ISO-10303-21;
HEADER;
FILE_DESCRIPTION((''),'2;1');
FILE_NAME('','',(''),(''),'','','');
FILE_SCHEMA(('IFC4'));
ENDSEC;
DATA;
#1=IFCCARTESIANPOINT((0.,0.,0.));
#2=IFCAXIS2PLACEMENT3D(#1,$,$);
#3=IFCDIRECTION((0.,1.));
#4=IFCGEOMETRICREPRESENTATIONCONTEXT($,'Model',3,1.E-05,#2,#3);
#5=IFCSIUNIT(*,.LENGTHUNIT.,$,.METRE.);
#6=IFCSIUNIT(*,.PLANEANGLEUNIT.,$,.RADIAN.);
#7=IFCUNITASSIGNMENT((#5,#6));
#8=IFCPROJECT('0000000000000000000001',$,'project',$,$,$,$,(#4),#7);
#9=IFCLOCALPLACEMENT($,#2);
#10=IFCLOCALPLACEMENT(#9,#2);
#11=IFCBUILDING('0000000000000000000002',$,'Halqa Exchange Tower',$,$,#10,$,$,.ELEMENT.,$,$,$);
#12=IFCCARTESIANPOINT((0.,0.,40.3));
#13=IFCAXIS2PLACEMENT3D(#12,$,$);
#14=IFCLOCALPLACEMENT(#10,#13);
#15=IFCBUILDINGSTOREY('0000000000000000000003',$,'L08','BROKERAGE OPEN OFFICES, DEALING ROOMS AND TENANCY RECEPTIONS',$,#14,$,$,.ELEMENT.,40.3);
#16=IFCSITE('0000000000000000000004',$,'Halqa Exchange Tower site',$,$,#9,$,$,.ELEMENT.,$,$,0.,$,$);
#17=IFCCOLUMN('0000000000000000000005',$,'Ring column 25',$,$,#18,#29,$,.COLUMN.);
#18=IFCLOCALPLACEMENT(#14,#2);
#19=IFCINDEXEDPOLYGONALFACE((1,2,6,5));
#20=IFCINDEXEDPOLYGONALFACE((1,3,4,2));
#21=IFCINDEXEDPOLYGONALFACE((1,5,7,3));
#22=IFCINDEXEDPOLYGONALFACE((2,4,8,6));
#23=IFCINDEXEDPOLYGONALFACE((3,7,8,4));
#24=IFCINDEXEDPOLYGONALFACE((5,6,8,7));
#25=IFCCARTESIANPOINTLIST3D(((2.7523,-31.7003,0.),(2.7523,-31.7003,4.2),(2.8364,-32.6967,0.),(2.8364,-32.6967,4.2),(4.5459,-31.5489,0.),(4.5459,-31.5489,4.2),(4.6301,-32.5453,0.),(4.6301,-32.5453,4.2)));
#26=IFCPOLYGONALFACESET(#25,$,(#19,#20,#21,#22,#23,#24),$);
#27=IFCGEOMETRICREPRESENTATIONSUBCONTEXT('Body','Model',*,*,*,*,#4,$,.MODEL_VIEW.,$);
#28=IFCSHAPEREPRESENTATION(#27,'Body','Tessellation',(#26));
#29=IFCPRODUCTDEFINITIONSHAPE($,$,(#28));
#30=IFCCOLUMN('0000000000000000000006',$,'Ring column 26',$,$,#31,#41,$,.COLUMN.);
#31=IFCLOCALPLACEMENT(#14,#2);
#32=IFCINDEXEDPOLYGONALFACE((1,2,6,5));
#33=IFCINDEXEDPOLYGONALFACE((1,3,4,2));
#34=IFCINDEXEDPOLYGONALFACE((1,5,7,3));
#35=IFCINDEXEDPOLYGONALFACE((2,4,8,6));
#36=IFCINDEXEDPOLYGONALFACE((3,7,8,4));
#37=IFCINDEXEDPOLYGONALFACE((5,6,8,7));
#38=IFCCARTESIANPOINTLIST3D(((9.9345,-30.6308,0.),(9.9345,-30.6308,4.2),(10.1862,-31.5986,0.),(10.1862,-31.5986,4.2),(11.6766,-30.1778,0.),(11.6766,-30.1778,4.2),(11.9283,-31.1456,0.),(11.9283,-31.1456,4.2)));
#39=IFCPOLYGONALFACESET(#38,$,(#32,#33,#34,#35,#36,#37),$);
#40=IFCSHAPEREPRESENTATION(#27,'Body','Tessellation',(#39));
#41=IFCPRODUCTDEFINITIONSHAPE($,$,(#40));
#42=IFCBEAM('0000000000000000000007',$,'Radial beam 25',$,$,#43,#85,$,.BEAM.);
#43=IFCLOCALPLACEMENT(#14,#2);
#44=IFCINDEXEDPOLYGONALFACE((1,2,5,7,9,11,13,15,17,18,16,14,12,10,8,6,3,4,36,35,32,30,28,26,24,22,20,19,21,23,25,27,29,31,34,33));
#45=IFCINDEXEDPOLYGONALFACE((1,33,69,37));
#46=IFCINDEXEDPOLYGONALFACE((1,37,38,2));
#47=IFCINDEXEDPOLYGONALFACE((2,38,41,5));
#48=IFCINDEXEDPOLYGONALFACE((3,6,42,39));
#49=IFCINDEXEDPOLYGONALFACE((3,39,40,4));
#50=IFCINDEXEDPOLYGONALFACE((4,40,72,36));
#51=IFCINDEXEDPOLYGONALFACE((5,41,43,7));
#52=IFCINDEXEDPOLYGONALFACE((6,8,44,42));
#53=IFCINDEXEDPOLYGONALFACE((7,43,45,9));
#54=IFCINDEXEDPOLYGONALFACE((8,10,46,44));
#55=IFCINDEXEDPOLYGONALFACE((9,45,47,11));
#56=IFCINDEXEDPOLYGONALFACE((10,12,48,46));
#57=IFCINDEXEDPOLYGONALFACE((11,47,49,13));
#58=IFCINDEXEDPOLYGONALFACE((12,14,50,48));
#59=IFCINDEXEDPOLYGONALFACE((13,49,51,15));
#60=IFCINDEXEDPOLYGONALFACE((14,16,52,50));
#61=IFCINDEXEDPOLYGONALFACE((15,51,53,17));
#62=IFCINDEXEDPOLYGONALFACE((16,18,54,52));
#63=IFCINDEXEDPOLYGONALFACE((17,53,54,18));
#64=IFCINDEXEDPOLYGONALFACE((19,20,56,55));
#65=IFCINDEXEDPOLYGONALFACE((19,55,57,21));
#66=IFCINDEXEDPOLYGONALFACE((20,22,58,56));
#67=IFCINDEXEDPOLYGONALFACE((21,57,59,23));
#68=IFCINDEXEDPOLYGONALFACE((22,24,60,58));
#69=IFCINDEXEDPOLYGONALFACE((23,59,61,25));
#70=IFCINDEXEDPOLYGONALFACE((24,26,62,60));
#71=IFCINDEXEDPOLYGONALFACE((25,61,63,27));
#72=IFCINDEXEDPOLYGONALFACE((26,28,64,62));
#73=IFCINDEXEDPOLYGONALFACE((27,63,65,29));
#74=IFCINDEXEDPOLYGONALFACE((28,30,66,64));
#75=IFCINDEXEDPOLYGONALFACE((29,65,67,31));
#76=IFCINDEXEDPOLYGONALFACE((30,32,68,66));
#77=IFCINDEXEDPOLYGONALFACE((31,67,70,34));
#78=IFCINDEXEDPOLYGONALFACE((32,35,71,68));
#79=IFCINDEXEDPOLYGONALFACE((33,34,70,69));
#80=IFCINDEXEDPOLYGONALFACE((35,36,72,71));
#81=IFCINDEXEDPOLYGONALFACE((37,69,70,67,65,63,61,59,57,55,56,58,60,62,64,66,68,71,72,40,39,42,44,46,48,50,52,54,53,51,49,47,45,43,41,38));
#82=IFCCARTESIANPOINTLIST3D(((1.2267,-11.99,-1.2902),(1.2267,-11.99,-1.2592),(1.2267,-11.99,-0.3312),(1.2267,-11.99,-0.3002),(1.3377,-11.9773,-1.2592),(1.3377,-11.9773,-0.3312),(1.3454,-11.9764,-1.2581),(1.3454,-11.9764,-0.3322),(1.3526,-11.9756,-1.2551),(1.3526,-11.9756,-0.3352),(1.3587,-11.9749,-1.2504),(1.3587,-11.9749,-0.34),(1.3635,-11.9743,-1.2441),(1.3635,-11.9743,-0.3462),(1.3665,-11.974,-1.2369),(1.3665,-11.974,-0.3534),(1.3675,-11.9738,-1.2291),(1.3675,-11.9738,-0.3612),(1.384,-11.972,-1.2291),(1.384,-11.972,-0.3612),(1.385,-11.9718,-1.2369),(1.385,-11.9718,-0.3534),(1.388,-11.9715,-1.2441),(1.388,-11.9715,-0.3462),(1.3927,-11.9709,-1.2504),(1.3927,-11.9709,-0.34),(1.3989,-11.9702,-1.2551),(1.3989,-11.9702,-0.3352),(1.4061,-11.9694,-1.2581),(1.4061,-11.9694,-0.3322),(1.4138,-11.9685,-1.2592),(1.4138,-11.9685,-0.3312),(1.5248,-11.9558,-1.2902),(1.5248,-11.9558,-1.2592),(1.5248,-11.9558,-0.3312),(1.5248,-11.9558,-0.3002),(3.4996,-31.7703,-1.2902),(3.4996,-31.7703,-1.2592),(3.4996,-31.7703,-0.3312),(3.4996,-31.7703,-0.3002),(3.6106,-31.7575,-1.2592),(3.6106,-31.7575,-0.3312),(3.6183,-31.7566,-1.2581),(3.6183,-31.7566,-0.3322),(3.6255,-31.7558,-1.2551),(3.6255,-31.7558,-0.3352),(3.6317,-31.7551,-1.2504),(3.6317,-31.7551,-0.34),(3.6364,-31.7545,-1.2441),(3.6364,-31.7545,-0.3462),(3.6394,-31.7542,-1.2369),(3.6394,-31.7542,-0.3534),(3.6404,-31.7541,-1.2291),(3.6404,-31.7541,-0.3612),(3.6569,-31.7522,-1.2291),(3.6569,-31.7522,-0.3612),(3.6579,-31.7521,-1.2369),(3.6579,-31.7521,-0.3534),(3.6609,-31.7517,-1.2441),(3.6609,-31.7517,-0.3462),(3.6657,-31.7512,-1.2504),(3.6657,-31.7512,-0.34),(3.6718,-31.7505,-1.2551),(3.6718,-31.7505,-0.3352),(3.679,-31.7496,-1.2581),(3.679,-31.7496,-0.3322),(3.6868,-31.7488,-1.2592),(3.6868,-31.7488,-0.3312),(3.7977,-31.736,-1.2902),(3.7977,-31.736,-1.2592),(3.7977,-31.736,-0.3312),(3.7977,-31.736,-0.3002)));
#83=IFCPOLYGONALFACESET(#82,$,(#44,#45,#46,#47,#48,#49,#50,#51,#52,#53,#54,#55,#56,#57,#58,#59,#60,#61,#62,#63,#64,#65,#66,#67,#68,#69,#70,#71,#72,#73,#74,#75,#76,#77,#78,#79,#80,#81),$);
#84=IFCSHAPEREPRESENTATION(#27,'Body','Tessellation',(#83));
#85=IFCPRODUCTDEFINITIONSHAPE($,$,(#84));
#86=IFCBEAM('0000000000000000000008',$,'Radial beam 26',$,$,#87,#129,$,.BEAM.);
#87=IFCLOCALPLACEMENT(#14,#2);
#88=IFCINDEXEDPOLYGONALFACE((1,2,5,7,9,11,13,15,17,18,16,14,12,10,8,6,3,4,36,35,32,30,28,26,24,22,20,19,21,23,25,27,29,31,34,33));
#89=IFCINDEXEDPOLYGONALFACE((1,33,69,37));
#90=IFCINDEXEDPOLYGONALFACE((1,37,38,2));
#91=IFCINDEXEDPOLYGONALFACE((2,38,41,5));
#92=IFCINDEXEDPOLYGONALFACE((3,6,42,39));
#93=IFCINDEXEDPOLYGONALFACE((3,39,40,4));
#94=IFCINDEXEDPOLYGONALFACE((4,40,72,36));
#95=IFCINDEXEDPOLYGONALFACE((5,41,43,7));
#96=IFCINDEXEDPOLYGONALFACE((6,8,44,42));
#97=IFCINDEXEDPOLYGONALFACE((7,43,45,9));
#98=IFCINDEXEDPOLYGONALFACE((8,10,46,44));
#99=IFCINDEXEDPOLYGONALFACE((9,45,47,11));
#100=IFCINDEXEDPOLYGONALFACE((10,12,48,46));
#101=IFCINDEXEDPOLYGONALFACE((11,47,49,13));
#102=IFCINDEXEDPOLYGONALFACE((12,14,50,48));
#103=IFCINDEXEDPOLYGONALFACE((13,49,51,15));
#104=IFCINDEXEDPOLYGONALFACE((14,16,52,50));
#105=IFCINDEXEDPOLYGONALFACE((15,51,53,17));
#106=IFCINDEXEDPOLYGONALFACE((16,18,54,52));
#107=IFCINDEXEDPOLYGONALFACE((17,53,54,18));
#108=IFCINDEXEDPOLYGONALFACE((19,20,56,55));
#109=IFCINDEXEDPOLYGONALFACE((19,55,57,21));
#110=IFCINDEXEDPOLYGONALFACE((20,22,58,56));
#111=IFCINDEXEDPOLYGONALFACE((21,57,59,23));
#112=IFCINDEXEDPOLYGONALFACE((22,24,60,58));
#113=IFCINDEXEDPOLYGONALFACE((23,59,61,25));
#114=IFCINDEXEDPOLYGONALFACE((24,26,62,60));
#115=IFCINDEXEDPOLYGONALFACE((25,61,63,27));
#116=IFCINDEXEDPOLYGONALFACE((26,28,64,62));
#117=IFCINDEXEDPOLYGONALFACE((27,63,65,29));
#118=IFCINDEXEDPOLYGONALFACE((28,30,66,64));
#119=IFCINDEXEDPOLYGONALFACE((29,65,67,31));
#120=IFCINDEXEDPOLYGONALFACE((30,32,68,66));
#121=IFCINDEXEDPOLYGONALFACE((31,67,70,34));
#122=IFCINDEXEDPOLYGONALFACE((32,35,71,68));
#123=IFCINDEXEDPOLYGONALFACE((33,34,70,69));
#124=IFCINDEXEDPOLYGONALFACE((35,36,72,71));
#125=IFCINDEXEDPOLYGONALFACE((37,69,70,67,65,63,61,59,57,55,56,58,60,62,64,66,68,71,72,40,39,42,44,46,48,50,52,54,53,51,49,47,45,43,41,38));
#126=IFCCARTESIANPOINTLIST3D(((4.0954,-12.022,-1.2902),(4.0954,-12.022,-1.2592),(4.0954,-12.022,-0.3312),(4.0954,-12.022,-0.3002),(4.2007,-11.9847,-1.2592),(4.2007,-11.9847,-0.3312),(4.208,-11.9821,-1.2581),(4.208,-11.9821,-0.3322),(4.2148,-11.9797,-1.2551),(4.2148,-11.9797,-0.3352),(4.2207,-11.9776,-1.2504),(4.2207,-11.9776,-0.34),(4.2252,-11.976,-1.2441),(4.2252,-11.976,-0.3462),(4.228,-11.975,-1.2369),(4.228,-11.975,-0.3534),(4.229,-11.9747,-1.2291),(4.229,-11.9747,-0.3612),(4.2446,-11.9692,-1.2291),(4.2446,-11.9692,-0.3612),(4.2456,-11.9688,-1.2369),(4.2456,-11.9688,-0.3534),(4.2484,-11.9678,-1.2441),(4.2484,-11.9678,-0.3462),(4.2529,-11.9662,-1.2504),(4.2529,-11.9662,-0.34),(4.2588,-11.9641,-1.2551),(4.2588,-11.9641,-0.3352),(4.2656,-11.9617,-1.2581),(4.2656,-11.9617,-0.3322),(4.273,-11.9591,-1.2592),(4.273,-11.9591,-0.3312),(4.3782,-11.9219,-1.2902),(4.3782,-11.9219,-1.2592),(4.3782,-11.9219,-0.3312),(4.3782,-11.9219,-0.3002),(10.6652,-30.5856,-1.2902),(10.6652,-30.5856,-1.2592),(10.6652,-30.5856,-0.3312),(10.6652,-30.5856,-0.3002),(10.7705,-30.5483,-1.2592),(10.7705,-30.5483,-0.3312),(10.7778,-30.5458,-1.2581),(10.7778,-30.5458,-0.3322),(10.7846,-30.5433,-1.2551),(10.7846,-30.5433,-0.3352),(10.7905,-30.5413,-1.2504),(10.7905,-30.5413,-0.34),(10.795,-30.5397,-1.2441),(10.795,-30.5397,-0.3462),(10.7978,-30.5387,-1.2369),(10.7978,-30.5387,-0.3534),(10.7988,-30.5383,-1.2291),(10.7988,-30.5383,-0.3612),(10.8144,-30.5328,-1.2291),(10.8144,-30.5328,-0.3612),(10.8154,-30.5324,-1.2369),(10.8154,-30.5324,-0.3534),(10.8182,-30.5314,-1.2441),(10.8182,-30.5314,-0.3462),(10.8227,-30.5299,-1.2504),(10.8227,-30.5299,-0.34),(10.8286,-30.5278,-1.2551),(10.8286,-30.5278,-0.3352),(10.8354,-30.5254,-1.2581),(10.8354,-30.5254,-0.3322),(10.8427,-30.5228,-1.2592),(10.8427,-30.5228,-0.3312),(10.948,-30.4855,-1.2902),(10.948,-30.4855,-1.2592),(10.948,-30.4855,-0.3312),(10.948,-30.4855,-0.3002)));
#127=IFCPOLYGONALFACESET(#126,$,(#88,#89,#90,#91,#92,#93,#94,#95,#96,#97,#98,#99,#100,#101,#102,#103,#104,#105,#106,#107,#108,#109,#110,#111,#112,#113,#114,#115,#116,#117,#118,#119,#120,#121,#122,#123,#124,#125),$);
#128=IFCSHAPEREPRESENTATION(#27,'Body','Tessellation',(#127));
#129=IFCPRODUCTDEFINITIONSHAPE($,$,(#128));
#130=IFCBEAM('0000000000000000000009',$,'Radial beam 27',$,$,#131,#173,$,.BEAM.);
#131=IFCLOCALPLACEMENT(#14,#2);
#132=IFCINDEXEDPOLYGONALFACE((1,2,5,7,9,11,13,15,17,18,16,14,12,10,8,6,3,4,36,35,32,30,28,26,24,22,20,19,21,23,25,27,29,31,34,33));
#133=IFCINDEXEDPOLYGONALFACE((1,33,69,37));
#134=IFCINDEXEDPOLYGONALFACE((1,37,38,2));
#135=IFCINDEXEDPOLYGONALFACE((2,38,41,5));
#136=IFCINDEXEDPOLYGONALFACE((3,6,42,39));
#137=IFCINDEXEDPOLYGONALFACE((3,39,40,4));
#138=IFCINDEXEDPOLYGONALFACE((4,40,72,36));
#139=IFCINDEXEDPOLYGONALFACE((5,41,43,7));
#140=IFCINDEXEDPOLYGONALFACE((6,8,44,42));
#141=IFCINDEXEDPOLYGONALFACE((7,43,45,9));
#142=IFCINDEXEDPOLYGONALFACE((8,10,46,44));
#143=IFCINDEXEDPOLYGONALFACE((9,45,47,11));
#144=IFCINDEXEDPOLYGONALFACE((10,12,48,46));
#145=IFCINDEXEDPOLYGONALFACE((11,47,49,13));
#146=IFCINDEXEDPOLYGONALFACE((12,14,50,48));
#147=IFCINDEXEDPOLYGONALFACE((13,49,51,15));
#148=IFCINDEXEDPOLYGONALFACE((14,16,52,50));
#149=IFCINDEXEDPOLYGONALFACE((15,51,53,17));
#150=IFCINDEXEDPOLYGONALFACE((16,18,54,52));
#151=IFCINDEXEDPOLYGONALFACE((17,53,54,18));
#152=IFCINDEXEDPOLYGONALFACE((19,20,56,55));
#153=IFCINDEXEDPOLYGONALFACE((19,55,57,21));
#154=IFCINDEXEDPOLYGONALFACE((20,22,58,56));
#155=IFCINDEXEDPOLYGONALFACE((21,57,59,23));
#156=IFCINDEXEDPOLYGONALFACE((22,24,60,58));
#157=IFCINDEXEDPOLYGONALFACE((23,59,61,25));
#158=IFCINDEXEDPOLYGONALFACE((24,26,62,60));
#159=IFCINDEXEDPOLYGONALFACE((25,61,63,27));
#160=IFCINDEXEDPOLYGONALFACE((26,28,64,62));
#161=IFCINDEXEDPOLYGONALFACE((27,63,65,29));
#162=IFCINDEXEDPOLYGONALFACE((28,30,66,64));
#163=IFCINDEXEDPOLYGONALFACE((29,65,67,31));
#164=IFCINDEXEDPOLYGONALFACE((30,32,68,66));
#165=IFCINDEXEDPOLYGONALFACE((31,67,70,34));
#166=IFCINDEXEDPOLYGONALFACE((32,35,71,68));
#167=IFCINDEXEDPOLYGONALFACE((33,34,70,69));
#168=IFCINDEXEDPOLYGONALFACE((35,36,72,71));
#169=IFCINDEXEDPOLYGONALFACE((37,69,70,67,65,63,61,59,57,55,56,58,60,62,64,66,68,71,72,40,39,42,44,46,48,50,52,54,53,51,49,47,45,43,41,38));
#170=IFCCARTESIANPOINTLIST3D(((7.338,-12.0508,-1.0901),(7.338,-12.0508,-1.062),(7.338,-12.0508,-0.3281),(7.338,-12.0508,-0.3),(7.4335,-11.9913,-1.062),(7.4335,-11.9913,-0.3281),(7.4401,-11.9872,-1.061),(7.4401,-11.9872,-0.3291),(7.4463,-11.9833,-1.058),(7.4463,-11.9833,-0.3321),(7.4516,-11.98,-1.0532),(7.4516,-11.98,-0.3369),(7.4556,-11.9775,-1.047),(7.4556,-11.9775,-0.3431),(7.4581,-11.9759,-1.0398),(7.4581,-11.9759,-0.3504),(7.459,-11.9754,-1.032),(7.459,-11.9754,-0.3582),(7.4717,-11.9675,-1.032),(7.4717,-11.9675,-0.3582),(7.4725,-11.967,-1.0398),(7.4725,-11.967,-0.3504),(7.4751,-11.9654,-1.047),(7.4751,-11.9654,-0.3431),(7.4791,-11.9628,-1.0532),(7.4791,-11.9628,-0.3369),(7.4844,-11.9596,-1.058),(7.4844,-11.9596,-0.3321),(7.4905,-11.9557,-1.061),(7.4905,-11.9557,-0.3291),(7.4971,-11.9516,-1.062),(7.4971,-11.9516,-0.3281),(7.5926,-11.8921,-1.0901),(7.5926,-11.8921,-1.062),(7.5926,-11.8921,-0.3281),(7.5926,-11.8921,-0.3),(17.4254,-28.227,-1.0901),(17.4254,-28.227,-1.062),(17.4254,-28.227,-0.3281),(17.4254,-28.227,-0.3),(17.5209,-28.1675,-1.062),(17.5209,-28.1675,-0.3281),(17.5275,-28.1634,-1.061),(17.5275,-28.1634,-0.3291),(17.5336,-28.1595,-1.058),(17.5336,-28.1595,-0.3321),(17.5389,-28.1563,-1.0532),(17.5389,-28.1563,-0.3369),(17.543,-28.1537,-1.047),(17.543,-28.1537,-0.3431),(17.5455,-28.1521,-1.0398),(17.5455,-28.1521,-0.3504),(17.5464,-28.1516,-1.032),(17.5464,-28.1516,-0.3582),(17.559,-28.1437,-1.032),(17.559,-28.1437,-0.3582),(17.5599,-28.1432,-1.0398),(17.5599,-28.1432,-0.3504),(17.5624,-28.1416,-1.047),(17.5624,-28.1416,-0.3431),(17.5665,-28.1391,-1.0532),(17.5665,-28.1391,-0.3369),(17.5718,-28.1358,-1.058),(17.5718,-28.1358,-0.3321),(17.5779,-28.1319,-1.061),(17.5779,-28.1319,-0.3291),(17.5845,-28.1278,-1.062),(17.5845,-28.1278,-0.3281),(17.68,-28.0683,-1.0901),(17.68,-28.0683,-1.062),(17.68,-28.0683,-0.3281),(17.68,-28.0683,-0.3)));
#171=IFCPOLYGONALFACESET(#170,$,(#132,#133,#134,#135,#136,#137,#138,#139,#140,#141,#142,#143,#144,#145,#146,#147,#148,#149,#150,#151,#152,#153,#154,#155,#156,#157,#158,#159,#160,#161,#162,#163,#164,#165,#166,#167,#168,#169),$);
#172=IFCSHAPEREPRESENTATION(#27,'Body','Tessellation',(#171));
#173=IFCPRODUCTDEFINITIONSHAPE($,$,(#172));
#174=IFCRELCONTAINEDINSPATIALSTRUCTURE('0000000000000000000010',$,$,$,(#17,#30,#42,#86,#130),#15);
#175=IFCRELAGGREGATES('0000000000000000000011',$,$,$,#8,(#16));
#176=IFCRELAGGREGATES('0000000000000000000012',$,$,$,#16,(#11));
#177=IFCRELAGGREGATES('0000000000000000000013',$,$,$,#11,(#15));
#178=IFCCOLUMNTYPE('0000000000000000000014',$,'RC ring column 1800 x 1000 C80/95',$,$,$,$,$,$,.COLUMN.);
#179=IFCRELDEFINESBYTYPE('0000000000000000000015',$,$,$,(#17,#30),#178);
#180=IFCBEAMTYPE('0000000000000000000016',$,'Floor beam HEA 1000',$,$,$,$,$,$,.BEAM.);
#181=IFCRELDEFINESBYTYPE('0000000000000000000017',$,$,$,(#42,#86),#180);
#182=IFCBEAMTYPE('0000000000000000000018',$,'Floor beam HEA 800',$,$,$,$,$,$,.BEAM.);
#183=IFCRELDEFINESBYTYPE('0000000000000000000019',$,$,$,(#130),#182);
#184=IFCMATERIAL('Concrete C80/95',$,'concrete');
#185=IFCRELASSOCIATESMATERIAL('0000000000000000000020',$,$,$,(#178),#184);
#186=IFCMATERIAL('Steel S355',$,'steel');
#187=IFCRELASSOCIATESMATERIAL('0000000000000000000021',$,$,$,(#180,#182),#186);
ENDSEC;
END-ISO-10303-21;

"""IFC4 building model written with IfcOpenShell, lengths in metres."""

from ifc_helpers import new_model, si_unit, direction, frame, origin, origin_2d, place, context, subcontext, project, spatial, rectangle, i_section, extrude, material, material_profile, profile_set, type_object, element, save


model = new_model("IFC4")

# Units and contexts
model_context = context("Model", 3, precision=1e-05, world=origin(), true_north=direction((0.0, 1.0)))
body_context = subcontext(model_context, "Body", "Model", "MODEL_VIEW")
ifc_project = project(units=[si_unit("LENGTHUNIT", "METRE"), si_unit("PLANEANGLEUNIT", "RADIAN")], contexts=[model_context])

# Site, building, storey
site_placement = place(None, origin())
site = spatial("IfcSite", under=ifc_project, at=site_placement, Name="Halqa Exchange Tower site", CompositionType="ELEMENT", RefElevation=0.0)
building_placement = place(site_placement, origin())
building = spatial("IfcBuilding", under=site, at=building_placement, Name="Halqa Exchange Tower", CompositionType="ELEMENT")
storey_placement = place(building_placement, frame((0.0, 0.0, 40.3)))
storey = spatial("IfcBuildingStorey", under=building, at=storey_placement, Name="L08", Description="BROKERAGE OPEN OFFICES, DEALING ROOMS AND TENANCY RECEPTIONS", CompositionType="ELEMENT", Elevation=40.3)

# Columns
ifc_material_1 = material(Name="Concrete C80/95", Category="concrete")
ifc_material_profile_1 = material_profile(ifc_material_1, rectangle(XDim=1.8, YDim=1.0, at=origin_2d()), Name="1800 x 1000")
ifc_profile_set_1 = profile_set([ifc_material_profile_1], Name="Concrete C80/95")
column_type = type_object("IfcColumnType", Name="RC ring column 1800 x 1000 C80/95", PredefinedType="COLUMN", material=ifc_profile_set_1)
for number, where, z_axis, x_axis, name in (
    (1, (3.6912, -32.1228, 0.0), (0.0, 0.0, 1.0), (0.996455, 0.084125, 0.0), "Ring column 25"),
    (2, (10.9314, -30.8882, 0.0), (0.0, 0.0, 1.0), (0.967819, 0.251647, 0.0), "Ring column 26"),
):
    element("IfcColumn", number, at=place(storey_placement, frame(where, z_axis=z_axis, x_axis=x_axis)), inside=storey, type_object=column_type, Name=name, PredefinedType="COLUMN", context=body_context, shape_type="SweptSolid", body=[
        extrude(rectangle(XDim=1.8, YDim=1.0, at=origin_2d()), origin(), (0.0, 0.0, 1.0), 4.2),
    ])

# Beams
ifc_material_2 = material(Name="Steel S355", Category="steel")
ifc_material_profile_2 = material_profile(ifc_material_2, i_section(OverallWidth=0.3, OverallDepth=0.99, WebThickness=0.0166, FlangeThickness=0.031, FilletRadius=0.03, at=origin_2d()), Name="HEA 1000")
ifc_profile_set_2 = profile_set([ifc_material_profile_2], Name="Steel S355")
beam_type_1 = type_object("IfcBeamType", Name="Floor beam HEA 1000", PredefinedType="BEAM", material=ifc_profile_set_2)
beam_1_placement = place(storey_placement, frame((1.3757, -11.9729, -0.7952), z_axis=(0.114159, -0.993463, 0.0), x_axis=(0.993463, 0.114159, 0.0)))
element("IfcBeam", 3, at=beam_1_placement, inside=storey, type_object=beam_type_1, Name="Radial beam 25", PredefinedType="BEAM", context=body_context, shape_type="SweptSolid", body=[
    extrude(i_section(OverallWidth=0.3, OverallDepth=0.99, WebThickness=0.0166, FlangeThickness=0.031, FilletRadius=0.03, at=origin_2d()), origin(), (0.0, 0.0, 1.0), 19.9104),
])
beam_2_placement = place(storey_placement, frame((4.2368, -11.9719, -0.7952), z_axis=(0.333629, -0.942704, 0.0), x_axis=(0.942704, 0.333629, 0.0)))
element("IfcBeam", 4, at=beam_2_placement, inside=storey, type_object=beam_type_1, Name="Radial beam 26", PredefinedType="BEAM", context=body_context, shape_type="SweptSolid", body=[
    extrude(i_section(OverallWidth=0.3, OverallDepth=0.99, WebThickness=0.0166, FlangeThickness=0.031, FilletRadius=0.03, at=origin_2d()), origin(), (0.0, 0.0, 1.0), 19.6919),
])
ifc_material_profile_3 = material_profile(ifc_material_2, i_section(OverallWidth=0.3, OverallDepth=0.79, WebThickness=0.0149, FlangeThickness=0.0281, FilletRadius=0.03, at=origin_2d()), Name="HEA 800")
ifc_profile_set_3 = profile_set([ifc_material_profile_3], Name="Steel S355")
beam_type_2 = type_object("IfcBeamType", Name="Floor beam HEA 800", PredefinedType="BEAM", material=ifc_profile_set_3)
beam_3_placement = place(storey_placement, frame((7.4653, -11.9714, -0.6951), z_axis=(0.52914, -0.848535, 0.0), x_axis=(0.848535, 0.52914, 0.0)))
element("IfcBeam", 5, at=beam_3_placement, inside=storey, type_object=beam_type_2, Name="Radial beam 27", PredefinedType="BEAM", context=body_context, shape_type="SweptSolid", body=[
    extrude(i_section(OverallWidth=0.3, OverallDepth=0.79, WebThickness=0.0149, FlangeThickness=0.0281, FilletRadius=0.03, at=origin_2d()), origin(), (0.0, 0.0, 1.0), 19.0637),
])

save(model, "model.ifc")
